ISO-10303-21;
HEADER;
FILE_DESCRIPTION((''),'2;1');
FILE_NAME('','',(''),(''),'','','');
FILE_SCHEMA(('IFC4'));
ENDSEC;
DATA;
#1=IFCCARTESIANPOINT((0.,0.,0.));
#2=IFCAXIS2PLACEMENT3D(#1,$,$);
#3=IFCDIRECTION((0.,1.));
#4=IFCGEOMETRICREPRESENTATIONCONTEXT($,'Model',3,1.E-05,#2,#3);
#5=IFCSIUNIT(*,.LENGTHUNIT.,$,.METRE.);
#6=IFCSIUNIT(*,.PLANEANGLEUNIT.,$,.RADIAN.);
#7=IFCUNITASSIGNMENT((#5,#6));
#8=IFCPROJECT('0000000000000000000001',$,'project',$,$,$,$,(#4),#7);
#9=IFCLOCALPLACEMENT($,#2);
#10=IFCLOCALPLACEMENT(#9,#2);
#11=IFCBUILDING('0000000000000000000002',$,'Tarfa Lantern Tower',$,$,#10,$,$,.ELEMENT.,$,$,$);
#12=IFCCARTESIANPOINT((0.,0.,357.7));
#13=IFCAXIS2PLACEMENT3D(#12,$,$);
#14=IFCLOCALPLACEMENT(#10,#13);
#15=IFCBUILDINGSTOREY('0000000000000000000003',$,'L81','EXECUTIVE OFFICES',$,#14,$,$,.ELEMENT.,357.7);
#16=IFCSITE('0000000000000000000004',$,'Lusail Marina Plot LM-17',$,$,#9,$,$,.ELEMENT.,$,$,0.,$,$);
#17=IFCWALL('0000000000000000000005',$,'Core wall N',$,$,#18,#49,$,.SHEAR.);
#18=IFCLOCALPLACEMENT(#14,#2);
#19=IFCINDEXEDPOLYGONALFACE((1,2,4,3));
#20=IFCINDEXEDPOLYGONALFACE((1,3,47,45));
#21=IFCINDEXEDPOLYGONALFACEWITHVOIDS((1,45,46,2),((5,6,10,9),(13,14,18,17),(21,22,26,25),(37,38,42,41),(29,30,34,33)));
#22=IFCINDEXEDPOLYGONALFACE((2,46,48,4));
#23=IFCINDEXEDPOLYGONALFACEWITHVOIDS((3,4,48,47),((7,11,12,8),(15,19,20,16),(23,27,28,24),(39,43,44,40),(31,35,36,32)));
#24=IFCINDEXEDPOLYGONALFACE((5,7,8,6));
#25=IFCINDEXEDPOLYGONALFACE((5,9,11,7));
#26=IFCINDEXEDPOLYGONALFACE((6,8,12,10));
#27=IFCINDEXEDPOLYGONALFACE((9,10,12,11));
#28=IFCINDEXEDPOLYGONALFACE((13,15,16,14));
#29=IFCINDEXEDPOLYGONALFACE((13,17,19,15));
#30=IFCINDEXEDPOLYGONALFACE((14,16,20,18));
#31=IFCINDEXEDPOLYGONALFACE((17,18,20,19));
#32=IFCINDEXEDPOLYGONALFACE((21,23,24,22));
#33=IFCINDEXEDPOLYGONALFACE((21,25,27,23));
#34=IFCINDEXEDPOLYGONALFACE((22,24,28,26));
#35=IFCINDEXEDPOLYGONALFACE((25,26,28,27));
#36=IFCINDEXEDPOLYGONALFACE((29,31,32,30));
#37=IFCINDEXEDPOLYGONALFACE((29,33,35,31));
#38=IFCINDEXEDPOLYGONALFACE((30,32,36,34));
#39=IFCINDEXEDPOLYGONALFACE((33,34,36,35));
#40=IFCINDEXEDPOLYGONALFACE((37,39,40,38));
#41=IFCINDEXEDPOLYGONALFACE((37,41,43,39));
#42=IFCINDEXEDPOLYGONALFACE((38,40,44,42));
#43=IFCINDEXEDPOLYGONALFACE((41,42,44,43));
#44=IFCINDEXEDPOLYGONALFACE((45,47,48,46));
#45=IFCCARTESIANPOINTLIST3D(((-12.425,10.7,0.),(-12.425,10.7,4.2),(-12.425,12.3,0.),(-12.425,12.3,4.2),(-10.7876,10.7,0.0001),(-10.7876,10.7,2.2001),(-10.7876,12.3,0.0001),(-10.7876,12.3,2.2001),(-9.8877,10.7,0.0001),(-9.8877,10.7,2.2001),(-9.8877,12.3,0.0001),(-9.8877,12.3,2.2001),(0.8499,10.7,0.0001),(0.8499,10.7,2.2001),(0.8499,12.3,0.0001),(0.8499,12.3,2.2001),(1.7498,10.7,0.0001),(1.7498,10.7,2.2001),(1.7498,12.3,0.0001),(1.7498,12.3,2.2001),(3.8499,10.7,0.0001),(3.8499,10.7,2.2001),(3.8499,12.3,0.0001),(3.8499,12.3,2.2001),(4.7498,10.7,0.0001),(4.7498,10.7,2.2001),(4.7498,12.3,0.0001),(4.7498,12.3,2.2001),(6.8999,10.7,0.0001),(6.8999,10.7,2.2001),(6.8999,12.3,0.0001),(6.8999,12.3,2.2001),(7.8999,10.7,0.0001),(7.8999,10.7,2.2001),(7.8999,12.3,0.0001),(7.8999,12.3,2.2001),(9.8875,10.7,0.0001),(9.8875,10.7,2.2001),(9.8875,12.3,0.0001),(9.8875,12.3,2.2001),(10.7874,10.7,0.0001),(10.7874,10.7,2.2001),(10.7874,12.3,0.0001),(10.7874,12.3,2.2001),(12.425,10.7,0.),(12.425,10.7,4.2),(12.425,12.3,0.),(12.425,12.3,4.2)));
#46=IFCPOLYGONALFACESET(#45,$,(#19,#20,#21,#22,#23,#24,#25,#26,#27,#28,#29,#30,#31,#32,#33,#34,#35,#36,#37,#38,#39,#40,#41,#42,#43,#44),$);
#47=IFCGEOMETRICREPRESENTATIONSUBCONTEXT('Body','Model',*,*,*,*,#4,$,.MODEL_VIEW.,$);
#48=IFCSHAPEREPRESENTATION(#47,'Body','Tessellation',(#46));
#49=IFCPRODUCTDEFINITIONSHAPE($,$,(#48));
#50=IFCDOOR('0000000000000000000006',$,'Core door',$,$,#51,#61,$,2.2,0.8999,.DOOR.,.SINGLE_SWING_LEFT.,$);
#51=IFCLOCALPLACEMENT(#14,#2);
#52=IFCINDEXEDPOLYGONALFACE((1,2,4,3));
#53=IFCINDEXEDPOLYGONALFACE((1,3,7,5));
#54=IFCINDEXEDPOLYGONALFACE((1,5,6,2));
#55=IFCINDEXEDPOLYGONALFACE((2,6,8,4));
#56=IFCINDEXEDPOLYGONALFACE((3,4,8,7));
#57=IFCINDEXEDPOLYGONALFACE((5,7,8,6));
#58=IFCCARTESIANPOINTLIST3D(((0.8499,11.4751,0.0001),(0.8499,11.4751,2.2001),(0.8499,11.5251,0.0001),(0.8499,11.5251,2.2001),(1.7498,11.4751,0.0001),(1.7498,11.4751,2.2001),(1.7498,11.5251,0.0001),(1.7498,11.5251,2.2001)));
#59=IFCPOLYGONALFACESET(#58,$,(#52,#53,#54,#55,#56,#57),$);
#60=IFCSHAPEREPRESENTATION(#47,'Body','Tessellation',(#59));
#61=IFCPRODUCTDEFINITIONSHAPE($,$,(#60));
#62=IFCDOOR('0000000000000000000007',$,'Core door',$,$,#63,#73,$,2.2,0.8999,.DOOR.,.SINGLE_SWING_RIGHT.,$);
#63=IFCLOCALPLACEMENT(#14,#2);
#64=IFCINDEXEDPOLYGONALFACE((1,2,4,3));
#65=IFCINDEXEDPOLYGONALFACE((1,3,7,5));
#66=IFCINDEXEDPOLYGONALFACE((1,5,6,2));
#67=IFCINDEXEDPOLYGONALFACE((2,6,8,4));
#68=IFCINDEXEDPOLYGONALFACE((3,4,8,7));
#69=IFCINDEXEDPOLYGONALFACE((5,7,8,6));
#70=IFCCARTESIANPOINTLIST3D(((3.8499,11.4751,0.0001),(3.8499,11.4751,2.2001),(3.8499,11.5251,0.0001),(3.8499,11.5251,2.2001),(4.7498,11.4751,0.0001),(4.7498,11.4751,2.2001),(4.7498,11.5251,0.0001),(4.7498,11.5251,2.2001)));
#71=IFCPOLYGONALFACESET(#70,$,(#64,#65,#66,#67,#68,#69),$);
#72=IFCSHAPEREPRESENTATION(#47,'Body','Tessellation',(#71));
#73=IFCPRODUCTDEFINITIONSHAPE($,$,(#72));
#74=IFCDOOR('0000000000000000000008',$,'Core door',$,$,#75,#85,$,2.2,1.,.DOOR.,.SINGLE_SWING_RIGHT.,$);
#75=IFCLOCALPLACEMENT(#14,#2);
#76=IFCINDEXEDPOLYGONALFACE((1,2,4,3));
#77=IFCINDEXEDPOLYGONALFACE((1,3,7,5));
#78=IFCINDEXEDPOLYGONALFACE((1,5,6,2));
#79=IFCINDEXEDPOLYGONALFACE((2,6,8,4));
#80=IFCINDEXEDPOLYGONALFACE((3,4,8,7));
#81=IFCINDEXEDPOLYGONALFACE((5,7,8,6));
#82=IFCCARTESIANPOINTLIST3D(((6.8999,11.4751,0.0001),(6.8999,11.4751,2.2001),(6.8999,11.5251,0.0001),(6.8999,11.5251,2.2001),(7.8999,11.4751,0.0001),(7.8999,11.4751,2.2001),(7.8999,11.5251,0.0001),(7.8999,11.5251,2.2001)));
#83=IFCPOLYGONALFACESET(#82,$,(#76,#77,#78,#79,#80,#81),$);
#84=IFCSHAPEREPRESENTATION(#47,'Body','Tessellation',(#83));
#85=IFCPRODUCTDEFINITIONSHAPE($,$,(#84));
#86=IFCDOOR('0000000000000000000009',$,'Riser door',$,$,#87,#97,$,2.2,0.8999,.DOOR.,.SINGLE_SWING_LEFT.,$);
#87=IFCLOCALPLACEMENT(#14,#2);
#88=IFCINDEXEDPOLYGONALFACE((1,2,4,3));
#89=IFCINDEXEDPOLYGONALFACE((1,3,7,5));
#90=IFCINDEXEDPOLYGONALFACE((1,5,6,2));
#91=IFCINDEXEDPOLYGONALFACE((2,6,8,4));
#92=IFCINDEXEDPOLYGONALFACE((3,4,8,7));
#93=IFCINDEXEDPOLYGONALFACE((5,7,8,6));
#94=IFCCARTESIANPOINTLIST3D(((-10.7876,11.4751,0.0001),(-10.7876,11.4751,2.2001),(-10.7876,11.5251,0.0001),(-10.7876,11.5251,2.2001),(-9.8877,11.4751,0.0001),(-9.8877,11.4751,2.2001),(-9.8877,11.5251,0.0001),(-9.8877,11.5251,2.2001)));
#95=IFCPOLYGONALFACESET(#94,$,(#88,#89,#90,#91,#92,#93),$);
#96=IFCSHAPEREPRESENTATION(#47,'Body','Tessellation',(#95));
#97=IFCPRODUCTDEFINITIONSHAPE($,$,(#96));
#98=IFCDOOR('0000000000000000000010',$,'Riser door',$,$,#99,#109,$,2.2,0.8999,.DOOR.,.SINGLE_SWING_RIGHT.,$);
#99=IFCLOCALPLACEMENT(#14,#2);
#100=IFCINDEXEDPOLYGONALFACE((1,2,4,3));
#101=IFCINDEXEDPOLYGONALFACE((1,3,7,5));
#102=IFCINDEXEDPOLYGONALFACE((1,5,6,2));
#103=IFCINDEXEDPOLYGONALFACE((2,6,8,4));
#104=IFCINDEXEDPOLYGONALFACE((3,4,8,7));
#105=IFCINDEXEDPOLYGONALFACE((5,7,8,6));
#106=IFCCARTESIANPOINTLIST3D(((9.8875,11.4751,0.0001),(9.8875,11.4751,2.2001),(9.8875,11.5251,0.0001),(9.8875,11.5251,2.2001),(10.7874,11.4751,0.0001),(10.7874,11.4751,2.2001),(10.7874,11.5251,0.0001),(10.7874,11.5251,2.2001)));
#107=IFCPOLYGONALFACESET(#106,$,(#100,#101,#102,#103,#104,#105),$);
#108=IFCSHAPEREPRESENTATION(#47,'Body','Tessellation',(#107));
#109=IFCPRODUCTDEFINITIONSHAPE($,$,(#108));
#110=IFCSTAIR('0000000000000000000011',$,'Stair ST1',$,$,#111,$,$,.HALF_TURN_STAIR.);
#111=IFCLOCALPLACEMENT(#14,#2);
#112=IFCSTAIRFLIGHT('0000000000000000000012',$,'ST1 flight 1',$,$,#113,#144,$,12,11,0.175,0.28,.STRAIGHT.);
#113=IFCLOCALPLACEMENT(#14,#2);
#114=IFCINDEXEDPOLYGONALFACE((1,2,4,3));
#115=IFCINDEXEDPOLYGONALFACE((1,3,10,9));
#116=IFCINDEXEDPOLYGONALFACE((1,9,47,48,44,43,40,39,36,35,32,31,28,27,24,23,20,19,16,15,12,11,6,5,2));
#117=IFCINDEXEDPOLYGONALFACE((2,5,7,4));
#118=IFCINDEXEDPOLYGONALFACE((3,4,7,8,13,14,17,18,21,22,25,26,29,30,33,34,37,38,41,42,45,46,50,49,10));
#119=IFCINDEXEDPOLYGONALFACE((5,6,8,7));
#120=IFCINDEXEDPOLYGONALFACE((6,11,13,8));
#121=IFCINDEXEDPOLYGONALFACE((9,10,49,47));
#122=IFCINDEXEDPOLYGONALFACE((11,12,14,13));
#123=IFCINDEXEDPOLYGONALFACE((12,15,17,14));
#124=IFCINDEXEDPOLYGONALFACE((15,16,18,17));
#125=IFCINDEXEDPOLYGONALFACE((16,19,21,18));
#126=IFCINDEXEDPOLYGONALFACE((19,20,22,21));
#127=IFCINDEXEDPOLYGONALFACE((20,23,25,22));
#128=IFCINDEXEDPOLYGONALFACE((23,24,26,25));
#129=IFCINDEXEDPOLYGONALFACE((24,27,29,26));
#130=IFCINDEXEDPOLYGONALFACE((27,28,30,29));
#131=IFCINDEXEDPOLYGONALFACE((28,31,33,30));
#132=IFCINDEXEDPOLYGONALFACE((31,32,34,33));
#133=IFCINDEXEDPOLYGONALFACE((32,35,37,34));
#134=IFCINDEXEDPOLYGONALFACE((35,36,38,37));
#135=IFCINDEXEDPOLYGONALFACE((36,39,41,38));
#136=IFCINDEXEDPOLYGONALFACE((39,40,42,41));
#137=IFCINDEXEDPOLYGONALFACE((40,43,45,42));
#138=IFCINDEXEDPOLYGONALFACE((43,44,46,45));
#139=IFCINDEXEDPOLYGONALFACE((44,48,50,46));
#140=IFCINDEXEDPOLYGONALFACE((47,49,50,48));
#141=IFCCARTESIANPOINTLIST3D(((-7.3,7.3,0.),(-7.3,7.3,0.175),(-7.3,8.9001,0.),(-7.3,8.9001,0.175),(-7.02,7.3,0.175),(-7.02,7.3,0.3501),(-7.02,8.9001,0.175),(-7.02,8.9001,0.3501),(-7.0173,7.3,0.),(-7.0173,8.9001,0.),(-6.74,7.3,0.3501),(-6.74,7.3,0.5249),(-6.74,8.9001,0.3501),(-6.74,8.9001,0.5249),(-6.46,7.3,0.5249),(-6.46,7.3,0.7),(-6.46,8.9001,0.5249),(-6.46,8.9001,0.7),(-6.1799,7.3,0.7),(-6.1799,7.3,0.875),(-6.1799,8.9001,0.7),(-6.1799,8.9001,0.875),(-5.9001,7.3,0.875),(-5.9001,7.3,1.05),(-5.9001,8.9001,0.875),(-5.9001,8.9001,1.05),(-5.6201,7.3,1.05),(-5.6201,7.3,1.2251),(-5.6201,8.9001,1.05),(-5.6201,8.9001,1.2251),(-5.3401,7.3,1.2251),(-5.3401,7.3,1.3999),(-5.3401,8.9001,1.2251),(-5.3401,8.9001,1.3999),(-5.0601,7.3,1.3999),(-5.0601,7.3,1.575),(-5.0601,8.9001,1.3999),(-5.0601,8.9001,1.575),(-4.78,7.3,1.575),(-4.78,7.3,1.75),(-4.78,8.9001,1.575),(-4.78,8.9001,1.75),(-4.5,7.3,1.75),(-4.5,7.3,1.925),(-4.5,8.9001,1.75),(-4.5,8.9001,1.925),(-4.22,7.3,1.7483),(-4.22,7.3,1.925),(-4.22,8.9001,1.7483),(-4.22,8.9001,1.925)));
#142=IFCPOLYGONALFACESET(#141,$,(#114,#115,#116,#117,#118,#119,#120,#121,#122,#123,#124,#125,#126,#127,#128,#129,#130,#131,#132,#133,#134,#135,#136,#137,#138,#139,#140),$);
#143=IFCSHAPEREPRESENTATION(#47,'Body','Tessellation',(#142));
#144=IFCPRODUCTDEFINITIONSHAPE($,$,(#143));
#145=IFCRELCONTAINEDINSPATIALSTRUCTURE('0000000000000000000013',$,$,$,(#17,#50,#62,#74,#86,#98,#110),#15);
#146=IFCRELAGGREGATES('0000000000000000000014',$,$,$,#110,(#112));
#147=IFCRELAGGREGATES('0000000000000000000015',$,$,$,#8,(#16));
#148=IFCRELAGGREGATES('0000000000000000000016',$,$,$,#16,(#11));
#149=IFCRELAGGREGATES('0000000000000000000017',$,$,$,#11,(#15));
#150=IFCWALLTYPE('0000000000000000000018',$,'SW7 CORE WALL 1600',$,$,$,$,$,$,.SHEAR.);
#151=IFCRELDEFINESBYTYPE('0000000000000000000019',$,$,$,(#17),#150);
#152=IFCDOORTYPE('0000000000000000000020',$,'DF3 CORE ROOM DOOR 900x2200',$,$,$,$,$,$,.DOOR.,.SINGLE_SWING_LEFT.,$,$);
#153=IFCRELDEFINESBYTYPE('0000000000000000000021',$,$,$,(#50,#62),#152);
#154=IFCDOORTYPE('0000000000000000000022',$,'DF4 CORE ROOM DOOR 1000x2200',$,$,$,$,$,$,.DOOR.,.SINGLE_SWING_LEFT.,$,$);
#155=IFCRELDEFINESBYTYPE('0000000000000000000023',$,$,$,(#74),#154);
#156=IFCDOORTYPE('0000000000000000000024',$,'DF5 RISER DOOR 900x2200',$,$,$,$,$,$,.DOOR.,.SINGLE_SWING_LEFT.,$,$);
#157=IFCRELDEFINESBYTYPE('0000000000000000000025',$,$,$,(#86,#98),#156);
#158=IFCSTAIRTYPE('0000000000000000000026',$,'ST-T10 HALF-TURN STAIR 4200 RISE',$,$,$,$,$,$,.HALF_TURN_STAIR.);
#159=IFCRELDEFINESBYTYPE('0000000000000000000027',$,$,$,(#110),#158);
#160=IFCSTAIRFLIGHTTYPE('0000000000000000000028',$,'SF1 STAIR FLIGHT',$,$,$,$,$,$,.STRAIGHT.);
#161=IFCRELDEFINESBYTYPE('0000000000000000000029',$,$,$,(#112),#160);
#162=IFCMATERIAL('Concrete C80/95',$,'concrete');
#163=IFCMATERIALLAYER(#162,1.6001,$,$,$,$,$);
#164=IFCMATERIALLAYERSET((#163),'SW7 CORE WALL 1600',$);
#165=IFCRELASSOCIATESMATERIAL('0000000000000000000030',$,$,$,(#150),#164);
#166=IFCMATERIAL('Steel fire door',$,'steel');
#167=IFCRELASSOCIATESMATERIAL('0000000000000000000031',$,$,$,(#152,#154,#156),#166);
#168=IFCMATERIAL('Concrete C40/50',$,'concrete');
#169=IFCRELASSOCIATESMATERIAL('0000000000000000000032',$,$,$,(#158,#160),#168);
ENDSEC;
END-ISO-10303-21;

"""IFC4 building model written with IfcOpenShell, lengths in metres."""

from ifc_helpers import new_model, si_unit, direction, frame, frame_2d, origin, place, context, subcontext, project, spatial, polyline, rectangle, outline, extrude, material, layer, layer_set, type_object, element, fill, aggregate, save


model = new_model("IFC4")

# Units and contexts
model_context = context("Model", 3, precision=1e-05, world=origin(), true_north=direction((0.0, 1.0)))
body_context = subcontext(model_context, "Body", "Model", "MODEL_VIEW")
ifc_project = project(units=[si_unit("LENGTHUNIT", "METRE"), si_unit("PLANEANGLEUNIT", "RADIAN")], contexts=[model_context])

# Site, building, storey
site_placement = place(None, origin())
site = spatial("IfcSite", under=ifc_project, at=site_placement, Name="Lusail Marina Plot LM-17", CompositionType="ELEMENT", RefElevation=0.0)
building_placement = place(site_placement, origin())
building = spatial("IfcBuilding", under=site, at=building_placement, Name="Tarfa Lantern Tower", CompositionType="ELEMENT")
storey_placement = place(building_placement, frame((0.0, 0.0, 357.7)))
storey = spatial("IfcBuildingStorey", under=building, at=storey_placement, Name="L81", Description="EXECUTIVE OFFICES", CompositionType="ELEMENT", Elevation=357.7)

# Shared definitions
ifc_material_1 = material(Name="Concrete C80/95", Category="concrete")
ifc_material_2 = material(Name="Steel fire door", Category="steel")

# Wall, openings, doors
ifc_layer_1 = layer(ifc_material_1, 1.6001)
ifc_layer_set_1 = layer_set([ifc_layer_1], Name="SW7 CORE WALL 1600")
wall_type_1 = type_object("IfcWallType", Name="SW7 CORE WALL 1600", PredefinedType="SHEAR", material=ifc_layer_set_1)
wall_1_placement = place(storey_placement, frame((-12.425, 11.5, 0.0), z_axis=(0.0, 0.0, 1.0), x_axis=(1.0, 0.0, 0.0)))
wall_1 = element("IfcWall", 1, at=wall_1_placement, inside=storey, type_object=wall_type_1, Name="Core wall N", PredefinedType="SHEAR", context=body_context, shape_type="SweptSolid", body=[
    extrude(rectangle(XDim=24.8501, YDim=1.6001, at=frame_2d((12.425, 0.0))), origin(), (0.0, 0.0, 1.0), 4.2),
])
opening_1_placement = place(wall_1_placement, frame((13.2749, 0.0, 0.0)))
opening_1 = element("IfcOpeningElement", 2, at=opening_1_placement, cuts=wall_1, PredefinedType="OPENING", context=body_context, shape_type="SweptSolid", body=[
    extrude(rectangle(XDim=0.8999, YDim=2.2, at=frame_2d((0.45, 1.1001))), frame((0.0, 0.8101, 0.0), z_axis=(0.0, -1.0, 0.0), x_axis=(1.0, 0.0, 0.0)), (0.0, 0.0, 1.0), 1.6201),
])
opening_2_placement = place(wall_1_placement, frame((16.2749, 0.0, 0.0)))
opening_2 = element("IfcOpeningElement", 3, at=opening_2_placement, cuts=wall_1, PredefinedType="OPENING", context=body_context, shape_type="SweptSolid", body=[
    extrude(rectangle(XDim=0.8999, YDim=2.2, at=frame_2d((0.45, 1.1001))), frame((0.0, 0.8101, 0.0), z_axis=(0.0, -1.0, 0.0), x_axis=(1.0, 0.0, 0.0)), (0.0, 0.0, 1.0), 1.6201),
])
opening_3_placement = place(wall_1_placement, frame((19.325, 0.0, 0.0)))
opening_3 = element("IfcOpeningElement", 4, at=opening_3_placement, cuts=wall_1, PredefinedType="OPENING", context=body_context, shape_type="SweptSolid", body=[
    extrude(rectangle(XDim=1.0, YDim=2.2, at=frame_2d((0.5, 1.1001))), frame((0.0, 0.8101, 0.0), z_axis=(0.0, -1.0, 0.0), x_axis=(1.0, 0.0, 0.0)), (0.0, 0.0, 1.0), 1.6201),
])
opening_4_placement = place(wall_1_placement, frame((1.6375, 0.0, 0.0)))
opening_4 = element("IfcOpeningElement", 5, at=opening_4_placement, cuts=wall_1, PredefinedType="OPENING", context=body_context, shape_type="SweptSolid", body=[
    extrude(rectangle(XDim=0.8999, YDim=2.2, at=frame_2d((0.45, 1.1001))), frame((0.0, 0.8101, 0.0), z_axis=(0.0, -1.0, 0.0), x_axis=(1.0, 0.0, 0.0)), (0.0, 0.0, 1.0), 1.6201),
])
opening_5_placement = place(wall_1_placement, frame((22.3125, 0.0, 0.0)))
opening_5 = element("IfcOpeningElement", 6, at=opening_5_placement, cuts=wall_1, PredefinedType="OPENING", context=body_context, shape_type="SweptSolid", body=[
    extrude(rectangle(XDim=0.8999, YDim=2.2, at=frame_2d((0.45, 1.1001))), frame((0.0, 0.8101, 0.0), z_axis=(0.0, -1.0, 0.0), x_axis=(1.0, 0.0, 0.0)), (0.0, 0.0, 1.0), 1.6201),
])
door_type_1 = type_object("IfcDoorType", Name="DF3 CORE ROOM DOOR 900x2200", OperationType="SINGLE_SWING_LEFT", PredefinedType="DOOR", material=ifc_material_2)
door_1_placement = place(opening_1_placement, frame((0.8999, 0.0, 0.0), z_axis=(0.0, 0.0, 1.0), x_axis=(-1.0, 0.0, 0.0)))
door_1 = element("IfcDoor", 7, at=door_1_placement, inside=storey, type_object=door_type_1, Name="Core door", OperationType="SINGLE_SWING_LEFT", OverallHeight=2.2, OverallWidth=0.8999, PredefinedType="DOOR", context=body_context, shape_type="SweptSolid", body=[
    extrude(rectangle(XDim=0.8999, YDim=2.2, at=frame_2d((0.45, 1.1001))), frame((0.0, 0.0249, 0.0), z_axis=(0.0, -1.0, 0.0), x_axis=(1.0, 0.0, 0.0)), (0.0, 0.0, 1.0), 0.05),
])
fill(opening_1, door_1)
door_2_placement = place(opening_2_placement, frame((0.8999, 0.0, 0.0), z_axis=(0.0, 0.0, 1.0), x_axis=(-1.0, 0.0, 0.0)))
door_2 = element("IfcDoor", 8, at=door_2_placement, inside=storey, type_object=door_type_1, Name="Core door", OperationType="SINGLE_SWING_RIGHT", OverallHeight=2.2, OverallWidth=0.8999, PredefinedType="DOOR", context=body_context, shape_type="SweptSolid", body=[
    extrude(rectangle(XDim=0.8999, YDim=2.2, at=frame_2d((0.45, 1.1001))), frame((0.0, 0.0249, 0.0), z_axis=(0.0, -1.0, 0.0), x_axis=(1.0, 0.0, 0.0)), (0.0, 0.0, 1.0), 0.05),
])
fill(opening_2, door_2)
door_type_2 = type_object("IfcDoorType", Name="DF4 CORE ROOM DOOR 1000x2200", OperationType="SINGLE_SWING_LEFT", PredefinedType="DOOR", material=ifc_material_2)
door_3_placement = place(opening_3_placement, frame((1.0, 0.0, 0.0), z_axis=(0.0, 0.0, 1.0), x_axis=(-1.0, 0.0, 0.0)))
door_3 = element("IfcDoor", 9, at=door_3_placement, inside=storey, type_object=door_type_2, Name="Core door", OperationType="SINGLE_SWING_RIGHT", OverallHeight=2.2, OverallWidth=1.0, PredefinedType="DOOR", context=body_context, shape_type="SweptSolid", body=[
    extrude(rectangle(XDim=1.0, YDim=2.2, at=frame_2d((0.5, 1.1001))), frame((0.0, 0.0249, 0.0), z_axis=(0.0, -1.0, 0.0), x_axis=(1.0, 0.0, 0.0)), (0.0, 0.0, 1.0), 0.05),
])
fill(opening_3, door_3)
door_type_3 = type_object("IfcDoorType", Name="DF5 RISER DOOR 900x2200", OperationType="SINGLE_SWING_LEFT", PredefinedType="DOOR", material=ifc_material_2)
door_4_placement = place(opening_4_placement, frame((0.8999, 0.0, 0.0), z_axis=(0.0, 0.0, 1.0), x_axis=(-1.0, 0.0, 0.0)))
door_4 = element("IfcDoor", 10, at=door_4_placement, inside=storey, type_object=door_type_3, Name="Riser door", OperationType="SINGLE_SWING_LEFT", OverallHeight=2.2, OverallWidth=0.8999, PredefinedType="DOOR", context=body_context, shape_type="SweptSolid", body=[
    extrude(rectangle(XDim=0.8999, YDim=2.2, at=frame_2d((0.45, 1.1001))), frame((0.0, 0.0249, 0.0), z_axis=(0.0, -1.0, 0.0), x_axis=(1.0, 0.0, 0.0)), (0.0, 0.0, 1.0), 0.05),
])
fill(opening_4, door_4)
door_5_placement = place(opening_5_placement, frame((0.8999, 0.0, 0.0), z_axis=(0.0, 0.0, 1.0), x_axis=(-1.0, 0.0, 0.0)))
door_5 = element("IfcDoor", 11, at=door_5_placement, inside=storey, type_object=door_type_3, Name="Riser door", OperationType="SINGLE_SWING_RIGHT", OverallHeight=2.2, OverallWidth=0.8999, PredefinedType="DOOR", context=body_context, shape_type="SweptSolid", body=[
    extrude(rectangle(XDim=0.8999, YDim=2.2, at=frame_2d((0.45, 1.1001))), frame((0.0, 0.0249, 0.0), z_axis=(0.0, -1.0, 0.0), x_axis=(1.0, 0.0, 0.0)), (0.0, 0.0, 1.0), 0.05),
])
fill(opening_5, door_5)

# Stair, stair flight
ifc_material_3 = material(Name="Concrete C40/50", Category="concrete")
stair_type = type_object("IfcStairType", Name="ST-T10 HALF-TURN STAIR 4200 RISE", PredefinedType="HALF_TURN_STAIR", material=ifc_material_3)
stair_placement = place(storey_placement, origin())
stair = element("IfcStair", 12, at=stair_placement, inside=storey, type_object=stair_type, Name="Stair ST1", PredefinedType="HALF_TURN_STAIR")
stair_flight_type = type_object("IfcStairFlightType", Name="SF1 STAIR FLIGHT", PredefinedType="STRAIGHT", material=ifc_material_3)
stair_flight_1_placement = place(storey_placement, frame((-7.3, 8.1001, 0.0), z_axis=(0.0, 0.0, 1.0), x_axis=(1.0, 0.0, 0.0)))
stair_flight_1 = element("IfcStairFlight", 13, at=stair_flight_1_placement, type_object=stair_flight_type, Name="ST1 flight 1", NumberOfRisers=12, NumberOfTreads=11, PredefinedType="STRAIGHT", RiserHeight=0.175, TreadLength=0.28, context=body_context, shape_type="SweptSolid", body=[
    extrude(outline(polyline([(0.0, 0.0), (0.0, 0.175), (0.28, 0.175), (0.28, 0.3501), (0.5601, 0.3501), (0.5601, 0.5249), (0.8401, 0.5249), (0.8401, 0.7), (1.1201, 0.7), (1.1201, 0.875), (1.3999, 0.875), (1.3999, 1.05), (1.6799, 1.05), (1.6799, 1.2251), (1.96, 1.2251), (1.96, 1.3999), (2.24, 1.3999), (2.24, 1.575), (2.52, 1.575), (2.52, 1.75), (2.8, 1.75), (2.8, 1.925), (3.0801, 1.925), (3.0801, 2.1001), (3.0801, 1.7483), (0.2827, 0.0), (0.0, 0.0)])), frame((0.0, 0.8, 0.0), z_axis=(0.0, -1.0, 0.0), x_axis=(1.0, 0.0, 0.0)), (0.0, 0.0, 1.0), 1.6001),
])
aggregate(stair, [stair_flight_1])

save(model, "model.ifc")
